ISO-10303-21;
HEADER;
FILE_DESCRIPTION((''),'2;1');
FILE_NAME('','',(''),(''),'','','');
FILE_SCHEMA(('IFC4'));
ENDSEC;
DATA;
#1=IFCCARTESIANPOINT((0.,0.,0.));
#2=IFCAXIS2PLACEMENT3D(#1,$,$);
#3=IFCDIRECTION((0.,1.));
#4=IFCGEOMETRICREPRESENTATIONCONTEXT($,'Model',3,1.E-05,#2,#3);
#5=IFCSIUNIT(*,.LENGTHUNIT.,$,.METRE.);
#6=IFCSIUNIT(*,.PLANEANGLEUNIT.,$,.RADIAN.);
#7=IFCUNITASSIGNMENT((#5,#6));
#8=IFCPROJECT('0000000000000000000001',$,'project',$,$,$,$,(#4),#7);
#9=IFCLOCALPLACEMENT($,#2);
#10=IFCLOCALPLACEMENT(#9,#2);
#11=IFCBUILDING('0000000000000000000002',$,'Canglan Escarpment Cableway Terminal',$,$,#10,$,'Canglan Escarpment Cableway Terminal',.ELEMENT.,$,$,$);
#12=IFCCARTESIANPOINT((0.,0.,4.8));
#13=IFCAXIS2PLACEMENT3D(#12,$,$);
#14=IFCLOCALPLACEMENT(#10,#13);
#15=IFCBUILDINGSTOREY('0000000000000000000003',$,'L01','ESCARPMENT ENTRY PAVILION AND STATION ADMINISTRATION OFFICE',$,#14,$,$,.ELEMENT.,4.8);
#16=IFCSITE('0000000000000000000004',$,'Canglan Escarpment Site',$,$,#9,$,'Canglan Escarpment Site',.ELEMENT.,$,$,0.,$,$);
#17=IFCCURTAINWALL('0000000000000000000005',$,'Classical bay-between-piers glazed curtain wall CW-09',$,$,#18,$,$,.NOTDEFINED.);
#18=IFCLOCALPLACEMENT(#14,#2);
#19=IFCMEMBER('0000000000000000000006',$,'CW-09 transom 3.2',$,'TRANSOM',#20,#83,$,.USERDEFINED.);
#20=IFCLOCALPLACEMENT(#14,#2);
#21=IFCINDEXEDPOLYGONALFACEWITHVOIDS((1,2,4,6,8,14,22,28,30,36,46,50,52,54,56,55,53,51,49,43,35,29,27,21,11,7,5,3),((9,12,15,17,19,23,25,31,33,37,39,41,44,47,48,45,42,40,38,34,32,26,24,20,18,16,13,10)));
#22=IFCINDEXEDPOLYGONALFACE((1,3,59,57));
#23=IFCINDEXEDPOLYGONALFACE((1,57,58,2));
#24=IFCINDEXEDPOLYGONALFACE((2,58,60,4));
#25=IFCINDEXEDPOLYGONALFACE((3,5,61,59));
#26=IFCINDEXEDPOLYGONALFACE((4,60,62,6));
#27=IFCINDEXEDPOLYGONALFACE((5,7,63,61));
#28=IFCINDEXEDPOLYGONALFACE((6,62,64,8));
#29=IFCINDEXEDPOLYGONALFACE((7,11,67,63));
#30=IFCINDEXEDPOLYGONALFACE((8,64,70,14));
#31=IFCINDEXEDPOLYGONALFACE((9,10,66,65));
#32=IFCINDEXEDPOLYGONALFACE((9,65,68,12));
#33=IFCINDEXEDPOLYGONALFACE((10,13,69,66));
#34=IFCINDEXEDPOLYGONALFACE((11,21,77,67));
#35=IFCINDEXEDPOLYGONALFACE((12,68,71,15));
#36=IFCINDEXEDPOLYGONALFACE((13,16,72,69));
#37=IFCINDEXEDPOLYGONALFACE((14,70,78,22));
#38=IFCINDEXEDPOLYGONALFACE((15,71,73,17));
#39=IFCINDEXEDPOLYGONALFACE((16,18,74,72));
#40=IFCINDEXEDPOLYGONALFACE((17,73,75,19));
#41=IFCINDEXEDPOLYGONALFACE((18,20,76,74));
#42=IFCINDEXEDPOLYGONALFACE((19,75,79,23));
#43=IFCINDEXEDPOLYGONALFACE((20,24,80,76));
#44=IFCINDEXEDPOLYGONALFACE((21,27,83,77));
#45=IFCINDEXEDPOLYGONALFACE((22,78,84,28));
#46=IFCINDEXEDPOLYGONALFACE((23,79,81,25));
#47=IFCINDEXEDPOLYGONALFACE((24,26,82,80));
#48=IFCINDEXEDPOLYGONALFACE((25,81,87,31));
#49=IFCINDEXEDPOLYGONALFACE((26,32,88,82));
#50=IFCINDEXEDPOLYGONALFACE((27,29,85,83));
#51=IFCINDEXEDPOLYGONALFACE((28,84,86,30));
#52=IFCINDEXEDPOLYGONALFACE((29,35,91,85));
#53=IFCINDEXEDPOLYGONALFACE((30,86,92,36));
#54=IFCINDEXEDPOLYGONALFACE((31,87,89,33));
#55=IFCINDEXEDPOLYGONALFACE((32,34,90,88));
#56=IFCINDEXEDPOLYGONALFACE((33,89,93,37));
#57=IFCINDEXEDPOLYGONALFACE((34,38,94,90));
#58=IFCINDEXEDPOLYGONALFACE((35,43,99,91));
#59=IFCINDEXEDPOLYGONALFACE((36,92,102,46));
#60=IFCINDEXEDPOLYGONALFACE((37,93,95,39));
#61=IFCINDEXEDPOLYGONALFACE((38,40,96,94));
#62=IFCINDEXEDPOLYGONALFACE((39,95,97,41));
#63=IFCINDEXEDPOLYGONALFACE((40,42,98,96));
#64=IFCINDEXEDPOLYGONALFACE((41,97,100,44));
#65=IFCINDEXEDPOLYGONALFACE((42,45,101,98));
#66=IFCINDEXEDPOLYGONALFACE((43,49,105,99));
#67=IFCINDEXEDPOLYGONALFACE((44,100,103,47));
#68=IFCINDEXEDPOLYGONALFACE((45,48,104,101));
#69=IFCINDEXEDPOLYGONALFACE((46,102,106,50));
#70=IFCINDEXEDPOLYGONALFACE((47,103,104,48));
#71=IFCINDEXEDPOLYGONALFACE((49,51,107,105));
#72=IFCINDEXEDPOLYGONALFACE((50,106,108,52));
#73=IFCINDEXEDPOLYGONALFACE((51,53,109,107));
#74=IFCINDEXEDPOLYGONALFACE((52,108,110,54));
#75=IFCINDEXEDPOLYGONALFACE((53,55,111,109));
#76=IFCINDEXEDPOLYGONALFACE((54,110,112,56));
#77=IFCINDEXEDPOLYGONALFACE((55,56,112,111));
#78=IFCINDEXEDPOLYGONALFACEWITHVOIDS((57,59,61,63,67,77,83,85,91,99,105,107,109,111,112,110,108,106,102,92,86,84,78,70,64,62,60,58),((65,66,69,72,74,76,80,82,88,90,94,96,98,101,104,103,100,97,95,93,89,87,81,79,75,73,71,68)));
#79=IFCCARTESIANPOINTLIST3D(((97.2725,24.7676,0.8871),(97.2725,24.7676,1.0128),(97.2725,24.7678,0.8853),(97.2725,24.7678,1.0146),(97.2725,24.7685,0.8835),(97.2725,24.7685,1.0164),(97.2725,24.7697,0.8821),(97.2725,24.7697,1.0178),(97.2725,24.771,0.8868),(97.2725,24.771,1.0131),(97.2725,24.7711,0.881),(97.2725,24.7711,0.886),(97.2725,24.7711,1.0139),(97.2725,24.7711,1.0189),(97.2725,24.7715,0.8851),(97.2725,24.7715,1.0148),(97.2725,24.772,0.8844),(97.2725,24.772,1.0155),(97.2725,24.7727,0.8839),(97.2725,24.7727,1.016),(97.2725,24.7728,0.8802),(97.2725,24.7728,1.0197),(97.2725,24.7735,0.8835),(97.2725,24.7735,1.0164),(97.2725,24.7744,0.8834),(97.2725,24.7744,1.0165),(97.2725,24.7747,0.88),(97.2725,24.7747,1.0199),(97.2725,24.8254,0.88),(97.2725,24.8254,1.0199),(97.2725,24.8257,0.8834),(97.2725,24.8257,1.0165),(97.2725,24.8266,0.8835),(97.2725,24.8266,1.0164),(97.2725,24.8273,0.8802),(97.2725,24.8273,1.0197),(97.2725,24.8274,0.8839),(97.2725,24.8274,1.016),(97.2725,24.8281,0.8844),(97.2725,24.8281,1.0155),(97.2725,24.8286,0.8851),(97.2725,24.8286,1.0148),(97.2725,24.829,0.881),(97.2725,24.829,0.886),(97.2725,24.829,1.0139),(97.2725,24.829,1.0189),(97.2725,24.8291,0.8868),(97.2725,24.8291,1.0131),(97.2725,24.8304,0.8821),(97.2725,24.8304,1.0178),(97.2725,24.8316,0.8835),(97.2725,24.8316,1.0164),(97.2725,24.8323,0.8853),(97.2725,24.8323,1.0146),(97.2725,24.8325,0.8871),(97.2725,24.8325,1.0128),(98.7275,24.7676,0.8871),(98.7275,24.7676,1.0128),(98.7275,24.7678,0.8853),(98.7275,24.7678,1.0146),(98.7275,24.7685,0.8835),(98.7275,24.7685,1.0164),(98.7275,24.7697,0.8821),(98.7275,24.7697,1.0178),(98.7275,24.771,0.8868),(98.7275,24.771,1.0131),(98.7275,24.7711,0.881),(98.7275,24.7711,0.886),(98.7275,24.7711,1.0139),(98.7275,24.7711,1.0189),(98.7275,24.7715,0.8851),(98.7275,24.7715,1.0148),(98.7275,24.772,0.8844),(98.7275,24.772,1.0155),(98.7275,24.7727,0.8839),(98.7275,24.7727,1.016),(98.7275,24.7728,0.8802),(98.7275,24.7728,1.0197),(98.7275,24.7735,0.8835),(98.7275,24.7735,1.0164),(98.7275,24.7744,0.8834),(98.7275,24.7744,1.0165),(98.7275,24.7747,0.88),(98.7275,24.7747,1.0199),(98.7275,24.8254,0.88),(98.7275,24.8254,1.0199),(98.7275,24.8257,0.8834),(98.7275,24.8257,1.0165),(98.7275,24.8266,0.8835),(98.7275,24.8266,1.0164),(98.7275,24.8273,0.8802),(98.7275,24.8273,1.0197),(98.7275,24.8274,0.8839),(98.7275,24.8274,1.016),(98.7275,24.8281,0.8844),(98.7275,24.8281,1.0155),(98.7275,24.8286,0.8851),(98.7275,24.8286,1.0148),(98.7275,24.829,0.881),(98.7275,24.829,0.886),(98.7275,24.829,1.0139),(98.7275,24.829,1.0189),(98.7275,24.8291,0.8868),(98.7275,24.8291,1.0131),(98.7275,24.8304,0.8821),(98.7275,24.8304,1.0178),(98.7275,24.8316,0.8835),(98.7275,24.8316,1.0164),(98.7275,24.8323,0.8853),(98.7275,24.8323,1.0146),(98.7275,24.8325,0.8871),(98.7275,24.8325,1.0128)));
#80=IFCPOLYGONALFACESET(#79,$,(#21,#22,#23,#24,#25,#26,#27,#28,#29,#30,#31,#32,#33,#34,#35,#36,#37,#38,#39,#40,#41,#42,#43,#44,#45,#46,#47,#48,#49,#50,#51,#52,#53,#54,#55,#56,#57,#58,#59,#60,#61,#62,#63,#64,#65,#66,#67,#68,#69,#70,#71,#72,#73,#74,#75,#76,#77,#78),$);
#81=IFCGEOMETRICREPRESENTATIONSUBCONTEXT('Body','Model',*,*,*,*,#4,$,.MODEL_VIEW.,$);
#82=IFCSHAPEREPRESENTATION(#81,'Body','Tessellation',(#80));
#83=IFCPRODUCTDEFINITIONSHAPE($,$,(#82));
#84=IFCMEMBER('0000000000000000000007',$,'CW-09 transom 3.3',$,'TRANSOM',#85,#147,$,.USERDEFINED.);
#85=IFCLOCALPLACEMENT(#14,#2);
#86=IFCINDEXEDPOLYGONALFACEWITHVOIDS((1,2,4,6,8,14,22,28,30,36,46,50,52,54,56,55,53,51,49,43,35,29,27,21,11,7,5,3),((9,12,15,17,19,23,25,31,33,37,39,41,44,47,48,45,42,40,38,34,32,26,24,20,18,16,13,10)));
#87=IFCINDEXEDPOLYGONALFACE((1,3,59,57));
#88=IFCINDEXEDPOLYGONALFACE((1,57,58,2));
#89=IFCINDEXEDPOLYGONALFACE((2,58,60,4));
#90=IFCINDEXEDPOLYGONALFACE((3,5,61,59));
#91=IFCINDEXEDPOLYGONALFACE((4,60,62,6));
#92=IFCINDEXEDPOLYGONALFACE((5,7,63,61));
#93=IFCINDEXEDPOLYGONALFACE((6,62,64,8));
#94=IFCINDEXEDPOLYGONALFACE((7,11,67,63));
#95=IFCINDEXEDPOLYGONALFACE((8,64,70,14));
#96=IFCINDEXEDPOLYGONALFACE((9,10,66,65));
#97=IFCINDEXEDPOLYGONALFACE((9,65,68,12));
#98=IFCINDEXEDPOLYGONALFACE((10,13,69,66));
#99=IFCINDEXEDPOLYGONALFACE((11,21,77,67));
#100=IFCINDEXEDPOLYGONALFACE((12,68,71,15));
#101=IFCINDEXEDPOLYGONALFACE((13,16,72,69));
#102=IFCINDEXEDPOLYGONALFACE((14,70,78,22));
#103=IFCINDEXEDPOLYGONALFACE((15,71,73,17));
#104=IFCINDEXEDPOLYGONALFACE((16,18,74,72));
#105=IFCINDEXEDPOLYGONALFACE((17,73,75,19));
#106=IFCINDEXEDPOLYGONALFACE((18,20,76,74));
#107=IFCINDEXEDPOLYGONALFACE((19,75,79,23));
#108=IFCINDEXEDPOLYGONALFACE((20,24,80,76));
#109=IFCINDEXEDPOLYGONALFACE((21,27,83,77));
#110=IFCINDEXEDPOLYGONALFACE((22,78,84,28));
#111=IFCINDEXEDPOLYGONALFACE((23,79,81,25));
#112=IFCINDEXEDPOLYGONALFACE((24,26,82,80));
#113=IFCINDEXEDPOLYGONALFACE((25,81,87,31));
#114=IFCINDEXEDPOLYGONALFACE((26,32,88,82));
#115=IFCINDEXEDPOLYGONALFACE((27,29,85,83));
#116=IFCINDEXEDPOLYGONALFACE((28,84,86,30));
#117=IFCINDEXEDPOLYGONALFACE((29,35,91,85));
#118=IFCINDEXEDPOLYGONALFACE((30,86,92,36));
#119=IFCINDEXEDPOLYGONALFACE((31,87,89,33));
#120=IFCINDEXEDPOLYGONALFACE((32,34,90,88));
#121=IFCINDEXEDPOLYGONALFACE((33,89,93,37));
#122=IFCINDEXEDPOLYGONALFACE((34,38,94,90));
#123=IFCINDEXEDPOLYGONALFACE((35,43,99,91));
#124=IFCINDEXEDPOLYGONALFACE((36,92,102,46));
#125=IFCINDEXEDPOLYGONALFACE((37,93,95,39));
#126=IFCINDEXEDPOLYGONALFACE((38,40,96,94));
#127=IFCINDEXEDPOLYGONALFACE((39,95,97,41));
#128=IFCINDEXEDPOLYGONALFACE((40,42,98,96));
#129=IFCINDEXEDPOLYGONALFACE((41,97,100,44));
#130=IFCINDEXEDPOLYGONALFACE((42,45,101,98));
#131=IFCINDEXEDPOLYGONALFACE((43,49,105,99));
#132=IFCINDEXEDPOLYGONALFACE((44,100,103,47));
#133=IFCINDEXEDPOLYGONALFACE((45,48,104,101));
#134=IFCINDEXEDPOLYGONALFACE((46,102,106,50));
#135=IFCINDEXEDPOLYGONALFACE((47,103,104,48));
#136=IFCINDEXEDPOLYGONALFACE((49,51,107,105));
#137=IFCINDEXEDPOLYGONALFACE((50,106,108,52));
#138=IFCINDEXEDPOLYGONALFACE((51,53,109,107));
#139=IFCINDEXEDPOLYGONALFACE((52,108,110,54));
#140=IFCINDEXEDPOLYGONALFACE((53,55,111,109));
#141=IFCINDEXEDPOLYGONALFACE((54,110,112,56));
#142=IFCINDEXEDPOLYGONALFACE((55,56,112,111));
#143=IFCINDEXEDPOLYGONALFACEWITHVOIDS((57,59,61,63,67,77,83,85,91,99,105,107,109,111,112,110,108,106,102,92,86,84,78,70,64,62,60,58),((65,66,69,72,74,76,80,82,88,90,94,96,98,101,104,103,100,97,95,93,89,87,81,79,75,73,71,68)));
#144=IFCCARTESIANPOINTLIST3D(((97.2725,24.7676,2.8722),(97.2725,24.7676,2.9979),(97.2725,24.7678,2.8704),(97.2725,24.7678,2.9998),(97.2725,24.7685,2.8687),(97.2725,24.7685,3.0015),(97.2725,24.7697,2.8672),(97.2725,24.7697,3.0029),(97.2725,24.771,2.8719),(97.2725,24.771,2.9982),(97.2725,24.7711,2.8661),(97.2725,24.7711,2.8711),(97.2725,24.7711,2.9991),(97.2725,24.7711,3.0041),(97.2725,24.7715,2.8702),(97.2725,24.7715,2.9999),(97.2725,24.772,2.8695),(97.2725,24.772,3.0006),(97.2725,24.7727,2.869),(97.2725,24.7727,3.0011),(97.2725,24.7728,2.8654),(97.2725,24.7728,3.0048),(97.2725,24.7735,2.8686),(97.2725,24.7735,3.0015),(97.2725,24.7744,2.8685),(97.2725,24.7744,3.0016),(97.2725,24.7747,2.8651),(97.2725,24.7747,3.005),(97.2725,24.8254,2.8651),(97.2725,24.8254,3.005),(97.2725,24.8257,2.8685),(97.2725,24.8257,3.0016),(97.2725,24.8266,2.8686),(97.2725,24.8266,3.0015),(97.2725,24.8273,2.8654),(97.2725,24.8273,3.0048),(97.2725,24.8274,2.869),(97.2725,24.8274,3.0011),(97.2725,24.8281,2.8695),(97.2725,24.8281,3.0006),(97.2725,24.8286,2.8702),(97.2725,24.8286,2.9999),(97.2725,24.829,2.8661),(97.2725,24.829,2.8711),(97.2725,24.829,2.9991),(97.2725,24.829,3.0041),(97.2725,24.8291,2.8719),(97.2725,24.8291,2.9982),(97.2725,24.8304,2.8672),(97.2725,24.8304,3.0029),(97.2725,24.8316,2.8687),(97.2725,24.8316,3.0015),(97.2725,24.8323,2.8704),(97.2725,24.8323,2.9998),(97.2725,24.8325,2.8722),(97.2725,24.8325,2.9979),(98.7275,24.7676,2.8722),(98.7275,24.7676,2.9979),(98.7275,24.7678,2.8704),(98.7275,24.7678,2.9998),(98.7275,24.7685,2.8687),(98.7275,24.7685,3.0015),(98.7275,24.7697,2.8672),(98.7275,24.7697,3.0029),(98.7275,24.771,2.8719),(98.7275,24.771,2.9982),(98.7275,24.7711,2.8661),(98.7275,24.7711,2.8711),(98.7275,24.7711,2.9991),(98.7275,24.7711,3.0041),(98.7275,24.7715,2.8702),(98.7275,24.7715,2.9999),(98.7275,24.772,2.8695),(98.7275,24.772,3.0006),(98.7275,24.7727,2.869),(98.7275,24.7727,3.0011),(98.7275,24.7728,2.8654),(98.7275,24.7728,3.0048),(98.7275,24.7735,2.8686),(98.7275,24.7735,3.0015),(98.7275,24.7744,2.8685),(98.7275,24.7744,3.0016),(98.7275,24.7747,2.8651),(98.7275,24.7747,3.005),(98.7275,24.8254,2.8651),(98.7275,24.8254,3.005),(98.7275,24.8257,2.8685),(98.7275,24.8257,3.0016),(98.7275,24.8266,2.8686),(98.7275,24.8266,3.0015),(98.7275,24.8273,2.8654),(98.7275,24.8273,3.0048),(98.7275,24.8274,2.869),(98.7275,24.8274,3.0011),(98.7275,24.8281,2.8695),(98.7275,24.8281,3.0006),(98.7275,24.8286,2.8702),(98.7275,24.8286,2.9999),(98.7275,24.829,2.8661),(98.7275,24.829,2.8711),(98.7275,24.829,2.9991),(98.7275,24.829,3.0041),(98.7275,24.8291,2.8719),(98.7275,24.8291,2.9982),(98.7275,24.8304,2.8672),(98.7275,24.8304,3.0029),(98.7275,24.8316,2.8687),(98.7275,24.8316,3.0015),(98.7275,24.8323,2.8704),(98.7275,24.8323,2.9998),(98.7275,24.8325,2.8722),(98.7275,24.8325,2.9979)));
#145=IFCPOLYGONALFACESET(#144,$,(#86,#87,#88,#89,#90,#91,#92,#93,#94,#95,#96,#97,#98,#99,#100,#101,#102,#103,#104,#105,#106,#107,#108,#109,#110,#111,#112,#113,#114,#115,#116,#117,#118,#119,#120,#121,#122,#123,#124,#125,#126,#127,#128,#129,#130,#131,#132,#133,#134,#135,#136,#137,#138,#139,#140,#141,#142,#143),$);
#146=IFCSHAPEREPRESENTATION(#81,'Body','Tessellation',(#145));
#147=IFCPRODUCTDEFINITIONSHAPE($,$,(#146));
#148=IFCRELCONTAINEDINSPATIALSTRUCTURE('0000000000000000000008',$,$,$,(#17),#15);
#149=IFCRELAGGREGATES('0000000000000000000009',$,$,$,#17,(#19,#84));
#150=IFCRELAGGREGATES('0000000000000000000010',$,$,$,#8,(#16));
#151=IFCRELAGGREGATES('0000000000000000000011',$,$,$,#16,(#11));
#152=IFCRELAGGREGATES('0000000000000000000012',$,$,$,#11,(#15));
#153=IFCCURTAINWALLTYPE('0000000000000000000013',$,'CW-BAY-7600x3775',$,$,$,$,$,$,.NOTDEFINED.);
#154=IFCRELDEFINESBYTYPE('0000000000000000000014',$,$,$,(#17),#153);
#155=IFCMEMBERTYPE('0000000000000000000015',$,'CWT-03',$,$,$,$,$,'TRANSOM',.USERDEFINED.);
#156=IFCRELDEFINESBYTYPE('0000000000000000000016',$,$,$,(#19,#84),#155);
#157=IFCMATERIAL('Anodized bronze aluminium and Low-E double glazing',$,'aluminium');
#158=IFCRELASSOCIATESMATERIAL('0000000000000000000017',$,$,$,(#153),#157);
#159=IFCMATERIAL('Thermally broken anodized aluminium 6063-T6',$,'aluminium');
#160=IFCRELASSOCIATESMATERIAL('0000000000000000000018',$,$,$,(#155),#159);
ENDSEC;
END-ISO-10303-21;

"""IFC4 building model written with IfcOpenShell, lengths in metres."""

from ifc_helpers import new_model, si_unit, direction, frame, origin, origin_2d, place, context, subcontext, project, spatial, hollow_rectangle, extrude, material, material_profile, profile_set, type_object, element, aggregate, save


model = new_model("IFC4")

# Units and contexts
model_context = context("Model", 3, precision=1e-05, world=origin(), true_north=direction((0.0, 1.0)))
body_context = subcontext(model_context, "Body", "Model", "MODEL_VIEW")
ifc_project = project(units=[si_unit("LENGTHUNIT", "METRE"), si_unit("PLANEANGLEUNIT", "RADIAN")], contexts=[model_context])

# Site, building, storey
site_placement = place(None, origin())
site = spatial("IfcSite", under=ifc_project, at=site_placement, Name="Canglan Escarpment Site", LongName="Canglan Escarpment Site", CompositionType="ELEMENT", RefElevation=0.0)
building_placement = place(site_placement, origin())
building = spatial("IfcBuilding", under=site, at=building_placement, Name="Canglan Escarpment Cableway Terminal", LongName="Canglan Escarpment Cableway Terminal", CompositionType="ELEMENT")
storey_placement = place(building_placement, frame((0.0, 0.0, 4.8)))
storey = spatial("IfcBuildingStorey", under=building, at=storey_placement, Name="L01", Description="ESCARPMENT ENTRY PAVILION AND STATION ADMINISTRATION OFFICE", CompositionType="ELEMENT", Elevation=4.8)

# Curtain wall, members
ifc_material_1 = material(Name="Anodized bronze aluminium and Low-E double glazing", Category="aluminium")
curtain_wall_type = type_object("IfcCurtainWallType", Name="CW-BAY-7600x3775", PredefinedType="NOTDEFINED", material=ifc_material_1)
curtain_wall_placement = place(storey_placement, origin())
curtain_wall = element("IfcCurtainWall", 1, at=curtain_wall_placement, inside=storey, type_object=curtain_wall_type, Name="Classical bay-between-piers glazed curtain wall CW-09", PredefinedType="NOTDEFINED")
ifc_material_2 = material(Name="Thermally broken anodized aluminium 6063-T6", Category="aluminium")
ifc_material_profile_1 = material_profile(ifc_material_2, hollow_rectangle(XDim=0.0649, YDim=0.1399, WallThickness=0.0034, InnerFilletRadius=0.0034, OuterFilletRadius=0.0071, at=origin_2d()), Name="ALU-TRAN 65x140x3.5")
ifc_profile_set_1 = profile_set([ifc_material_profile_1], Name="Thermally broken anodized aluminium 6063-T6")
member_type_1 = type_object("IfcMemberType", Name="CWT-03", ElementType="TRANSOM", PredefinedType="USERDEFINED", material=ifc_profile_set_1)
member_1_placement = place(storey_placement, frame((98.7275, 24.8, 0.95), z_axis=(-1.0, 0.0, 0.0), x_axis=(0.0, -1.0, 0.0)))
member_1 = element("IfcMember", 2, at=member_1_placement, type_object=member_type_1, Name="CW-09 transom 3.2", ObjectType="TRANSOM", PredefinedType="USERDEFINED", context=body_context, shape_type="SweptSolid", body=[
    extrude(hollow_rectangle(XDim=0.0649, YDim=0.1399, WallThickness=0.0034, InnerFilletRadius=0.0034, OuterFilletRadius=0.0071, at=origin_2d()), origin(), (0.0, 0.0, 1.0), 1.4551),
])
member_2_placement = place(storey_placement, frame((98.7275, 24.8, 2.9351), z_axis=(-1.0, 0.0, 0.0), x_axis=(0.0, -1.0, 0.0)))
member_2 = element("IfcMember", 3, at=member_2_placement, type_object=member_type_1, Name="CW-09 transom 3.3", ObjectType="TRANSOM", PredefinedType="USERDEFINED", context=body_context, shape_type="SweptSolid", body=[
    extrude(hollow_rectangle(XDim=0.0649, YDim=0.1399, WallThickness=0.0034, InnerFilletRadius=0.0034, OuterFilletRadius=0.0071, at=origin_2d()), origin(), (0.0, 0.0, 1.0), 1.4551),
])
aggregate(curtain_wall, [member_1, member_2])

save(model, "model.ifc")
